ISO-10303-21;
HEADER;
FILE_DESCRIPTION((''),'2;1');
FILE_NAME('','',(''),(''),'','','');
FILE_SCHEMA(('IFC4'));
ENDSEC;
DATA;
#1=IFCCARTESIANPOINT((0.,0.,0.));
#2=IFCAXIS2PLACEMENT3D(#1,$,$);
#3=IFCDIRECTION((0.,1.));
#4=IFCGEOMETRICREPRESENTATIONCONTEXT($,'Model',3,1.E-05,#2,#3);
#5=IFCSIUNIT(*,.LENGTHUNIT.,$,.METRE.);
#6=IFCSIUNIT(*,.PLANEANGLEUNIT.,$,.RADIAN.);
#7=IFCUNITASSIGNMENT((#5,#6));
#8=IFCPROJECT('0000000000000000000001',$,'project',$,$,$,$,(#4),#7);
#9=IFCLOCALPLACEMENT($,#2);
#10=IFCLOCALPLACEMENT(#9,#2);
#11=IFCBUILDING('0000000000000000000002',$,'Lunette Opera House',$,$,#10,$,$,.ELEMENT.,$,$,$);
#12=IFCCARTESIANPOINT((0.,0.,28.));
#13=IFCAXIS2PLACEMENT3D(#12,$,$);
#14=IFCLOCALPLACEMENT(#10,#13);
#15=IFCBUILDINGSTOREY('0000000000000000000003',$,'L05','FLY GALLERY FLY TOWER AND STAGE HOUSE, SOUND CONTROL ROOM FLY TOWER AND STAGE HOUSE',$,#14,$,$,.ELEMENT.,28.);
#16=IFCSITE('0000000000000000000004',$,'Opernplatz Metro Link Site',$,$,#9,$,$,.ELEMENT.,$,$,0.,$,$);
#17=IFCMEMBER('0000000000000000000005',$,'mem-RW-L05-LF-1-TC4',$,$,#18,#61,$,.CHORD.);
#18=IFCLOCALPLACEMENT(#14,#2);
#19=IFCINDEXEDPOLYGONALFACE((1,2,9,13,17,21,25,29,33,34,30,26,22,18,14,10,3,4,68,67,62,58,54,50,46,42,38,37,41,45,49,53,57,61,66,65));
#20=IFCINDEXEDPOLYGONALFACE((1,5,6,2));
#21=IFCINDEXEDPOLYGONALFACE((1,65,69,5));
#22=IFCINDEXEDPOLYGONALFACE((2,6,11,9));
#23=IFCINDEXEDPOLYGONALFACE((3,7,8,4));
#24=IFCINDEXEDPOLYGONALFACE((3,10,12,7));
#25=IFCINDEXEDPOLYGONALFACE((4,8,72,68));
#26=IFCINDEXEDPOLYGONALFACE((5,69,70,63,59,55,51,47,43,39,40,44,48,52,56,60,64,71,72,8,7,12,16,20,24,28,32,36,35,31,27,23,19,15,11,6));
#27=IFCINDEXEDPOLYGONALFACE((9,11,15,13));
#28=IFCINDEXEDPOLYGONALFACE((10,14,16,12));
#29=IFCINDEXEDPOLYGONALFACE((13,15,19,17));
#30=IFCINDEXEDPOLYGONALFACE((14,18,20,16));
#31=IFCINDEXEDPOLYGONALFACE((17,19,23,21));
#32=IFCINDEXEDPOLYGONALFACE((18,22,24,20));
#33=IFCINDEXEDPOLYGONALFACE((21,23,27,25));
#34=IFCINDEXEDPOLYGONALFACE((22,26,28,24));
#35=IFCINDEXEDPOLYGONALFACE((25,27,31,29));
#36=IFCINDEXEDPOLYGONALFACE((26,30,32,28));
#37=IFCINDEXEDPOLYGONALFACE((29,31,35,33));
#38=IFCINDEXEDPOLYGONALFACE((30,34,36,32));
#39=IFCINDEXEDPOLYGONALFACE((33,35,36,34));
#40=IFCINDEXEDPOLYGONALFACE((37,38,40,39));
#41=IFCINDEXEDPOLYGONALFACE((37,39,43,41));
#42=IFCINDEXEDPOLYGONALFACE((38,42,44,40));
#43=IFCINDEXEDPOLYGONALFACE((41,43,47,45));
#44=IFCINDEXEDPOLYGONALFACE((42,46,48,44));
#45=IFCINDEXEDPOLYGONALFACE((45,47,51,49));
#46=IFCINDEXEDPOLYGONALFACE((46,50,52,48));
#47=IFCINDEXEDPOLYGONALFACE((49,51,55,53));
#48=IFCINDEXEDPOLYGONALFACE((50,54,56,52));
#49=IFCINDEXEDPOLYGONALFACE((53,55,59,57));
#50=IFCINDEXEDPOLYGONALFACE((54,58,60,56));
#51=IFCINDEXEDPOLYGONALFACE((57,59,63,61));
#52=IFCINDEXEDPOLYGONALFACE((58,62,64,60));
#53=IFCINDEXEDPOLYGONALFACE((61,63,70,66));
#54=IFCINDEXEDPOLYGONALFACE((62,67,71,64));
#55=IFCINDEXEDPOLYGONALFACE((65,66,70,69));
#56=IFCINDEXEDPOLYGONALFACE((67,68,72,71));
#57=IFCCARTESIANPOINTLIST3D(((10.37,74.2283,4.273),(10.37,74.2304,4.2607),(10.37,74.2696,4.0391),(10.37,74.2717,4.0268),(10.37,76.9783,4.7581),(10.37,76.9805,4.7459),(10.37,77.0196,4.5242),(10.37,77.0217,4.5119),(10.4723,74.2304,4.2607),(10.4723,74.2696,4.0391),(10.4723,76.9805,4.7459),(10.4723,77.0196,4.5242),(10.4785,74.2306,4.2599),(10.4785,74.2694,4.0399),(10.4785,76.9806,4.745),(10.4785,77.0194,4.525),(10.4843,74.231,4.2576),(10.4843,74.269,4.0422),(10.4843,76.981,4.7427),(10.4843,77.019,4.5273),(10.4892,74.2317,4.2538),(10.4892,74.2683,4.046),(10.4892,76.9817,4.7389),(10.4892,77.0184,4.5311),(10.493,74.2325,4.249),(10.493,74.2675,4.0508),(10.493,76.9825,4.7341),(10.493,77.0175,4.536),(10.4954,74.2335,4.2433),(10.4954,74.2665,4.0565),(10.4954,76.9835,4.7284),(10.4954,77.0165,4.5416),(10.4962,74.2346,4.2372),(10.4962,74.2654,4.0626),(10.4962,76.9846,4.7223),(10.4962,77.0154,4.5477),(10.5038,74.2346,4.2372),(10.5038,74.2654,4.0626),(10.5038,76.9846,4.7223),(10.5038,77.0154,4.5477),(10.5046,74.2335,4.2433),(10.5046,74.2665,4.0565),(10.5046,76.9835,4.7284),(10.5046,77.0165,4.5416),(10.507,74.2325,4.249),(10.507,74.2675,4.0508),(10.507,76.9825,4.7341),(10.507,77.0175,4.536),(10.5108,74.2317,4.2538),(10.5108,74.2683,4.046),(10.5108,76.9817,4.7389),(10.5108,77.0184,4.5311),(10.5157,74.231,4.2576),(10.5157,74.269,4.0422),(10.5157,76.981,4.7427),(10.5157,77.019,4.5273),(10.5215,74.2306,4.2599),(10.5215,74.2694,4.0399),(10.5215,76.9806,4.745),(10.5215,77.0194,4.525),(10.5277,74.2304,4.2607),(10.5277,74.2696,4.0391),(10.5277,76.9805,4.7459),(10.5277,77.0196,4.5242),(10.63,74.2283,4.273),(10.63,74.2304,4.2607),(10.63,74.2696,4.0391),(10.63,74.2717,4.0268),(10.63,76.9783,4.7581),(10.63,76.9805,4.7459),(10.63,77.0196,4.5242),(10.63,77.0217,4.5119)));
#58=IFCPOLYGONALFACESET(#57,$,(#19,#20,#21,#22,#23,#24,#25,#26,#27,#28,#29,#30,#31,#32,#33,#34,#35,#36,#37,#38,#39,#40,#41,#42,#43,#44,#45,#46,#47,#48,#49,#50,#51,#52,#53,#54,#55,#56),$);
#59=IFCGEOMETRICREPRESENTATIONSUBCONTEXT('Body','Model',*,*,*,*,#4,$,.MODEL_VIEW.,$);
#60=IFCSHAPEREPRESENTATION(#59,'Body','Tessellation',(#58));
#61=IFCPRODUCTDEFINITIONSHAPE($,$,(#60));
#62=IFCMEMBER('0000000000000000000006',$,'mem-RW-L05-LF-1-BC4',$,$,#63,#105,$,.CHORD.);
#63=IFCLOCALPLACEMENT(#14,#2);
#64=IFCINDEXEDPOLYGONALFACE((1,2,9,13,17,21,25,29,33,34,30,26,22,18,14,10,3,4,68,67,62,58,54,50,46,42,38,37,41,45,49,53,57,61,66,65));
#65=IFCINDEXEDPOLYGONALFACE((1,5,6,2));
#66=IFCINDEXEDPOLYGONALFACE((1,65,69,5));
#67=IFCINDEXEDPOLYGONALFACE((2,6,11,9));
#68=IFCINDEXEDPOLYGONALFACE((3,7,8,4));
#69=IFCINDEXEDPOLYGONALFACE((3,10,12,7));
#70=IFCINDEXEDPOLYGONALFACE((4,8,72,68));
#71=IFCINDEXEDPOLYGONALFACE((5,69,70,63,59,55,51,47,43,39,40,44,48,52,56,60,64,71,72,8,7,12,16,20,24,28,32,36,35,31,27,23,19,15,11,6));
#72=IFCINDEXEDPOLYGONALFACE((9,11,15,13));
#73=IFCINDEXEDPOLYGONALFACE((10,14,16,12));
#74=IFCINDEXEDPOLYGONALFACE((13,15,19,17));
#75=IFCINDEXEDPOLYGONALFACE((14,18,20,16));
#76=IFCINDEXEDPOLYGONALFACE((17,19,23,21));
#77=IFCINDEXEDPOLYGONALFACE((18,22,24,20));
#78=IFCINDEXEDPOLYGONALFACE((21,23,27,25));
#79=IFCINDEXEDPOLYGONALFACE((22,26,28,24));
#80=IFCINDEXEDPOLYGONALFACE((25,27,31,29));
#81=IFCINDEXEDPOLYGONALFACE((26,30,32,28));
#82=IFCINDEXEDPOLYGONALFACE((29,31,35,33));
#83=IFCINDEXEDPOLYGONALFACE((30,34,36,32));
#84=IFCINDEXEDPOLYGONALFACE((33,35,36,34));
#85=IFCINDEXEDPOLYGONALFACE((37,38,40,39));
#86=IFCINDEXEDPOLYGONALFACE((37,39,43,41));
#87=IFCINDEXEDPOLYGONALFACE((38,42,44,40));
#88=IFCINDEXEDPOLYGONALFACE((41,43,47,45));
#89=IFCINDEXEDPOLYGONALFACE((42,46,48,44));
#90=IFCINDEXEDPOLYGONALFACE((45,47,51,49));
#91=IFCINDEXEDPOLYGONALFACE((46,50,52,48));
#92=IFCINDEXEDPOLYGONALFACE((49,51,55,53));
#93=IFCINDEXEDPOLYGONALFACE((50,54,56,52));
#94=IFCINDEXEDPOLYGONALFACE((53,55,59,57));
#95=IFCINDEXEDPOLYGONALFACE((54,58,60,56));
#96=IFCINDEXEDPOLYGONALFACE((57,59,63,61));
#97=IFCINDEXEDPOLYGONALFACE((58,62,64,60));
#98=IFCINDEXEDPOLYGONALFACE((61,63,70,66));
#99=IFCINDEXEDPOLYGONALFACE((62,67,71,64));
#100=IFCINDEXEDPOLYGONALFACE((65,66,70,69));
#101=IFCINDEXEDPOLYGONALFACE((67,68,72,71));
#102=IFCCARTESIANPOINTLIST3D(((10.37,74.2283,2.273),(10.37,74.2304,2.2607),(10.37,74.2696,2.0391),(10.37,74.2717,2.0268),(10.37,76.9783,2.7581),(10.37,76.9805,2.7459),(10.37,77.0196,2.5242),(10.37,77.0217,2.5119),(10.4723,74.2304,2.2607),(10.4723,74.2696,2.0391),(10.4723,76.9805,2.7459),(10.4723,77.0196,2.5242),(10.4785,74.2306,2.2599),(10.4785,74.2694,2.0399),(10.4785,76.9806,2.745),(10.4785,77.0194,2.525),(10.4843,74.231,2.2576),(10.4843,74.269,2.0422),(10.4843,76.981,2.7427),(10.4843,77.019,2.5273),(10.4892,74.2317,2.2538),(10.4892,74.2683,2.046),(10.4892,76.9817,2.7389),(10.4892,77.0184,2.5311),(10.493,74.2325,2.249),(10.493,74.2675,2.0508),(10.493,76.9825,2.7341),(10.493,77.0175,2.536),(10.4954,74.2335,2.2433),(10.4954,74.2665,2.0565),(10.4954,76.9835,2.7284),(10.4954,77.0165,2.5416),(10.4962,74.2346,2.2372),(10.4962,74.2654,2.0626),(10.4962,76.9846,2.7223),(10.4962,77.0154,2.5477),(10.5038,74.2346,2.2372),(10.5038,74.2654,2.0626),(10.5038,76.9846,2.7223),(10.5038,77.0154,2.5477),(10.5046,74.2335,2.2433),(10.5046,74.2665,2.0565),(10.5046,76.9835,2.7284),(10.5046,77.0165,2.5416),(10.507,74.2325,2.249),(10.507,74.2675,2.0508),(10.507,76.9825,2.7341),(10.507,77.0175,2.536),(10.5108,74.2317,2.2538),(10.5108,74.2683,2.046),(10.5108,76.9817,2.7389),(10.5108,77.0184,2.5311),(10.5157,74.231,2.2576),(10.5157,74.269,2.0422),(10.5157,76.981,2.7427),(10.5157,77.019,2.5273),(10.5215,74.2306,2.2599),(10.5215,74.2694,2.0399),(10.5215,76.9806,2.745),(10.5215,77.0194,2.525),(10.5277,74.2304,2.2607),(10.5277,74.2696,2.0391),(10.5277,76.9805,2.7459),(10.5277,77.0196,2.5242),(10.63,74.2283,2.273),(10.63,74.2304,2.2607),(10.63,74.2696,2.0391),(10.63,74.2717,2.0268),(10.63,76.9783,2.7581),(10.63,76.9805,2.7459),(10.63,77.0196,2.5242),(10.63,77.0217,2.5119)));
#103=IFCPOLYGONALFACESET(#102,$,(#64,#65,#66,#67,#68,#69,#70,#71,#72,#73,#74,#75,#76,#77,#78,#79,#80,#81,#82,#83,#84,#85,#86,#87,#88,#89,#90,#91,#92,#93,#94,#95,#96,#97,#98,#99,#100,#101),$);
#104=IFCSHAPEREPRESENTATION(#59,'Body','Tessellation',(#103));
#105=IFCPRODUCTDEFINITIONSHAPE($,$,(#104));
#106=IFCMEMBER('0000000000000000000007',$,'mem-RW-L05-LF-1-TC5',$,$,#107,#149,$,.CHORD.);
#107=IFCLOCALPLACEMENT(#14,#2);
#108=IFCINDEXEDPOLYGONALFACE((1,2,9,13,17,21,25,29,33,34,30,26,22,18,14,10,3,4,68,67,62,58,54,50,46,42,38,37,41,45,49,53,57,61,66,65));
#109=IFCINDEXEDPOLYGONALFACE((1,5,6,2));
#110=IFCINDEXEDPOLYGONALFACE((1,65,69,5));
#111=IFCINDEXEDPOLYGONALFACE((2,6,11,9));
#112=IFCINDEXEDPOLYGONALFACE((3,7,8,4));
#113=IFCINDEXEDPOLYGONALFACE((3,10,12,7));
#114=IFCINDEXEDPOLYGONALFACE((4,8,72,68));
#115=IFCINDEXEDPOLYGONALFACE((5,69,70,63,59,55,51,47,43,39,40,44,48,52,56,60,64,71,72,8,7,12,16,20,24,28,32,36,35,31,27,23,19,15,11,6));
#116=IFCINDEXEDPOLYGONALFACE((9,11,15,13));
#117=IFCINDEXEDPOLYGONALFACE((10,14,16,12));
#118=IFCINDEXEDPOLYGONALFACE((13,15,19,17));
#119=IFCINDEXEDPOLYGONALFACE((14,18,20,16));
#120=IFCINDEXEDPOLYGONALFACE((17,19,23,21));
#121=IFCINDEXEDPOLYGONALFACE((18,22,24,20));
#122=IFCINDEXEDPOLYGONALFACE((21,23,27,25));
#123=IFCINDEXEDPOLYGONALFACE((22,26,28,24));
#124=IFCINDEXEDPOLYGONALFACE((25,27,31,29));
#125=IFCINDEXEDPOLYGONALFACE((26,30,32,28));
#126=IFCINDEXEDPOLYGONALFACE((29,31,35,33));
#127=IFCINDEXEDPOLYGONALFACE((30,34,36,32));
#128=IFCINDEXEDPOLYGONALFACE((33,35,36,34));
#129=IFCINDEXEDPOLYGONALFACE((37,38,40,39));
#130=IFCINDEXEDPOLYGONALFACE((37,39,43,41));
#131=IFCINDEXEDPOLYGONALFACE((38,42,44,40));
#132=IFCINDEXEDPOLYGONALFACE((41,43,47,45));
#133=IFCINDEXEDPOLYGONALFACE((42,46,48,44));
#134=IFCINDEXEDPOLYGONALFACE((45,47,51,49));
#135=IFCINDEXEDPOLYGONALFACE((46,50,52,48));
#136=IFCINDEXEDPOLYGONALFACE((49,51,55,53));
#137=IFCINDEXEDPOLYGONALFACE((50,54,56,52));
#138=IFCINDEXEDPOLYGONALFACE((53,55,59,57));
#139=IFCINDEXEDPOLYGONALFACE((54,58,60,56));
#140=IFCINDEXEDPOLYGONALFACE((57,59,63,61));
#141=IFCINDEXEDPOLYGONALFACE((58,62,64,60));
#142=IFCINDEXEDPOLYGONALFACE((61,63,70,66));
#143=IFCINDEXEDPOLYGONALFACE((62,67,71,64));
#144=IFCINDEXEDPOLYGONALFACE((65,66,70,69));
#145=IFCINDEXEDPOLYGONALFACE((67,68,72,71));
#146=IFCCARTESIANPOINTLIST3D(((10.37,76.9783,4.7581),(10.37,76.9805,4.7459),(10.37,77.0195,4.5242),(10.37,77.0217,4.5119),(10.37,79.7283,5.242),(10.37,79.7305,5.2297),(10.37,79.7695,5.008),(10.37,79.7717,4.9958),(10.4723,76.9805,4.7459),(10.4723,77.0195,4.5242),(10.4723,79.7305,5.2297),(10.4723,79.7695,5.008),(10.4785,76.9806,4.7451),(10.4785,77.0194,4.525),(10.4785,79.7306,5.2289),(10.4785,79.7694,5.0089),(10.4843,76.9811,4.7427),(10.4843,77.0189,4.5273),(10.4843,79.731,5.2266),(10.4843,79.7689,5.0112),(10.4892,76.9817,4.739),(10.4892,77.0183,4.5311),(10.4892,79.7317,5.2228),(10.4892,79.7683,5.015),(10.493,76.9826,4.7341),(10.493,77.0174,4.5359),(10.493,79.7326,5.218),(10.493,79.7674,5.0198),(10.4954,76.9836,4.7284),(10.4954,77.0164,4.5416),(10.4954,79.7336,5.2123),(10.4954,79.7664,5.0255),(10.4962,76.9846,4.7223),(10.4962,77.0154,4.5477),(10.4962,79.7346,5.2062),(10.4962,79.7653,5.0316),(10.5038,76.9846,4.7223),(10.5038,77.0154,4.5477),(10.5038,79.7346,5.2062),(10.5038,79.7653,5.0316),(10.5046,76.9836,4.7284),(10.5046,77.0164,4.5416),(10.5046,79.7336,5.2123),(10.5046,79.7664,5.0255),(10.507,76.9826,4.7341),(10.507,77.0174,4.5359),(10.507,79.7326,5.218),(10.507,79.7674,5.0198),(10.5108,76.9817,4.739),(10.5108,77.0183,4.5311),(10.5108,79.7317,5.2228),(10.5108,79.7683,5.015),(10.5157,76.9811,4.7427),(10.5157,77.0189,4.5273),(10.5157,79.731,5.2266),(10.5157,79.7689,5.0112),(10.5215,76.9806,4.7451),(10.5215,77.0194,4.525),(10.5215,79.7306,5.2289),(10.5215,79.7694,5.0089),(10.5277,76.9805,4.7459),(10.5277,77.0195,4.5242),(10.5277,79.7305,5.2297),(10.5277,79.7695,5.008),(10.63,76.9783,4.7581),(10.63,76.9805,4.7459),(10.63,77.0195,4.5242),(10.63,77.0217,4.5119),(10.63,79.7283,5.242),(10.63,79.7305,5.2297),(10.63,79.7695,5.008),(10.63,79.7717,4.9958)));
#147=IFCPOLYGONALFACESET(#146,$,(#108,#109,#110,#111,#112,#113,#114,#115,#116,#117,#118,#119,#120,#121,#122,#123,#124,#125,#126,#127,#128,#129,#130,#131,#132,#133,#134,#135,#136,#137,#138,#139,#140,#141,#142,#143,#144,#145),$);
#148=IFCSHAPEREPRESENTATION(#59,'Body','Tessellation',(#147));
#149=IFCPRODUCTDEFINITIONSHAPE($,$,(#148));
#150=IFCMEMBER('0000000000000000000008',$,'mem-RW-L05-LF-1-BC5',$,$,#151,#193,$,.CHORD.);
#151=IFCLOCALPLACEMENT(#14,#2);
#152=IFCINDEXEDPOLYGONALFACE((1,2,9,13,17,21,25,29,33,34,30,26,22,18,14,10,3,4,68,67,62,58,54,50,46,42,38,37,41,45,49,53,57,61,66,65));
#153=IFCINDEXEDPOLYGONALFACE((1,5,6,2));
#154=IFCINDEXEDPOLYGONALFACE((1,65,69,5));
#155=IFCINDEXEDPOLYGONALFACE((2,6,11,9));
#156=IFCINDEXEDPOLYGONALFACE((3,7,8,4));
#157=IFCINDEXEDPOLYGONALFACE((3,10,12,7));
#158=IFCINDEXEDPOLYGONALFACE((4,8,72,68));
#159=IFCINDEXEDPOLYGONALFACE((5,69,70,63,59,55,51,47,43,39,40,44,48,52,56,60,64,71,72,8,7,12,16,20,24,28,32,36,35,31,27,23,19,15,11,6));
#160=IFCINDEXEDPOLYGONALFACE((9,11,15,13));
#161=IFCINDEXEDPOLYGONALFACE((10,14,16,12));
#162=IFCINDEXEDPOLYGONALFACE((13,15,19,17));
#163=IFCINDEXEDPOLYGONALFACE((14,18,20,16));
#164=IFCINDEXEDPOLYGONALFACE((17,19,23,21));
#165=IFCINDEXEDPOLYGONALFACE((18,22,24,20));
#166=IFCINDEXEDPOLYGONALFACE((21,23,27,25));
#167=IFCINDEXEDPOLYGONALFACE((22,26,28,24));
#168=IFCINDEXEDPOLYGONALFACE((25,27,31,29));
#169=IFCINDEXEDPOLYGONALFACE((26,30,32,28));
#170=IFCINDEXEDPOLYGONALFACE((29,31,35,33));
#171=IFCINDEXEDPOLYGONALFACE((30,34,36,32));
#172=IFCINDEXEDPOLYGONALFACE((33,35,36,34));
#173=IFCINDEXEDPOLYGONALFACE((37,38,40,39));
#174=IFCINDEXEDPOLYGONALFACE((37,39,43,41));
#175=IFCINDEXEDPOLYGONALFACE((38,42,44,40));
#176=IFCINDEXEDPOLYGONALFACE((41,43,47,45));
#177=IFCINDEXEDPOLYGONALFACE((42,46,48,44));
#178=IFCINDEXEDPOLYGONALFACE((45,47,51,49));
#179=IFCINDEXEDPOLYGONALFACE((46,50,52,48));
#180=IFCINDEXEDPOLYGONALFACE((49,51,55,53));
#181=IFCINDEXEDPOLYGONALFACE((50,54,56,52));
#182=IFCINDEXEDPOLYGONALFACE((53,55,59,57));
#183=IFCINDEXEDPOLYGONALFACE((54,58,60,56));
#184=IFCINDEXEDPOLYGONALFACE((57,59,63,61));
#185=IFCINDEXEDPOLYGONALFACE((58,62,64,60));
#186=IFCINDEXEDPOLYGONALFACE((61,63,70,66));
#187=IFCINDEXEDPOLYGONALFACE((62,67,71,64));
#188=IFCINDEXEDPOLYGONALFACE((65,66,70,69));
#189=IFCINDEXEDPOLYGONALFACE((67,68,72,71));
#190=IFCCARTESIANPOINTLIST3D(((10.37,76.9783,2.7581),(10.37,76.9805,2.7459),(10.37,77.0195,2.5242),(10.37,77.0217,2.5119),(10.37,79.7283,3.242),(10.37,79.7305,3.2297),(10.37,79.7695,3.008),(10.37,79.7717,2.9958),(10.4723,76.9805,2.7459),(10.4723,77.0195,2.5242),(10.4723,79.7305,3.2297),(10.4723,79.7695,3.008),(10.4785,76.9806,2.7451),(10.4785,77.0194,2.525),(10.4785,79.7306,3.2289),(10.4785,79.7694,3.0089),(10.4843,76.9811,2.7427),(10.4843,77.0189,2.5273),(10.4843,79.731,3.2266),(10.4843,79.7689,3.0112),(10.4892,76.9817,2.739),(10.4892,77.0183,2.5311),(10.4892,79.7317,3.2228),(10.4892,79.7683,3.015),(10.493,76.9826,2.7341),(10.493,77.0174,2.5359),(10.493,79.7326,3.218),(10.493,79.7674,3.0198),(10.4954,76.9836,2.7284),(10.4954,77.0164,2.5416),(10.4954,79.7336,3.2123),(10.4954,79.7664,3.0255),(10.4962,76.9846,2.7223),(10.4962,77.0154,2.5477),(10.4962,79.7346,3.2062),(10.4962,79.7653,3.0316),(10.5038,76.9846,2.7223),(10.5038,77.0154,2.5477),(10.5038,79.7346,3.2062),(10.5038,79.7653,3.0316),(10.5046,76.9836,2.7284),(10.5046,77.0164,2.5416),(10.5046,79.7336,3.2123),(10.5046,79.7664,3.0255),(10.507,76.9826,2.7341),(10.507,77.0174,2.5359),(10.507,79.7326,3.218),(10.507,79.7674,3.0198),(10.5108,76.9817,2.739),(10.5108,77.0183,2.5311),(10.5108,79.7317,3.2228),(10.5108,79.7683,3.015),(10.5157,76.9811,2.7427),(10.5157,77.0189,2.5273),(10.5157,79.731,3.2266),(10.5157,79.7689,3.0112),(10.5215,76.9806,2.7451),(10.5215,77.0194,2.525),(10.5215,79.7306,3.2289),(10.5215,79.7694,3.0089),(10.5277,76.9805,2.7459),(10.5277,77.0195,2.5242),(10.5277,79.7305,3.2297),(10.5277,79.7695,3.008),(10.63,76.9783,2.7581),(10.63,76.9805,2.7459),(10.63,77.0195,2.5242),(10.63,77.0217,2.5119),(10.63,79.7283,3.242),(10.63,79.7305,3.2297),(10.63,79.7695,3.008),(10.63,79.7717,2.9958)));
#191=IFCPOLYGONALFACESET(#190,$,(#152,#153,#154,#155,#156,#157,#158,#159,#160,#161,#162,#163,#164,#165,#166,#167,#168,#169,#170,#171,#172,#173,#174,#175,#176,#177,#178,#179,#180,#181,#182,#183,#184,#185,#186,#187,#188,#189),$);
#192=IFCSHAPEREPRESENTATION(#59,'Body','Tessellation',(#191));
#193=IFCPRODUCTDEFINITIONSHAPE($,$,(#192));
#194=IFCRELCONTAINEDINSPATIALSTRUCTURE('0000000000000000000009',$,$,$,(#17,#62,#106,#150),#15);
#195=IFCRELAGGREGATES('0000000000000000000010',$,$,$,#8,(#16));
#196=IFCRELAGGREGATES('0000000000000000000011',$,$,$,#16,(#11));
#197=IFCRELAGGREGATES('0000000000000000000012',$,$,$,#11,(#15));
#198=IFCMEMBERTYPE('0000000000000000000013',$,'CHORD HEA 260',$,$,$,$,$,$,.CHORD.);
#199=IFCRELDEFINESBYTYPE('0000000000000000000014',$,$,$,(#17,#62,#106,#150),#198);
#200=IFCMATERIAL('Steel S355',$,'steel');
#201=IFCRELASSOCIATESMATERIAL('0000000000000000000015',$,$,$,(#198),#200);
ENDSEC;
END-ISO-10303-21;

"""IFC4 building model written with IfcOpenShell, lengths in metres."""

from ifc_helpers import new_model, si_unit, direction, frame, origin, origin_2d, place, context, subcontext, project, spatial, i_section, extrude, material, material_profile, profile_set, type_object, element, save


model = new_model("IFC4")

# Units and contexts
model_context = context("Model", 3, precision=1e-05, world=origin(), true_north=direction((0.0, 1.0)))
body_context = subcontext(model_context, "Body", "Model", "MODEL_VIEW")
ifc_project = project(units=[si_unit("LENGTHUNIT", "METRE"), si_unit("PLANEANGLEUNIT", "RADIAN")], contexts=[model_context])

# Site, building, storey
site_placement = place(None, origin())
site = spatial("IfcSite", under=ifc_project, at=site_placement, Name="Opernplatz Metro Link Site", CompositionType="ELEMENT", RefElevation=0.0)
building_placement = place(site_placement, origin())
building = spatial("IfcBuilding", under=site, at=building_placement, Name="Lunette Opera House", CompositionType="ELEMENT")
storey_placement = place(building_placement, frame((0.0, 0.0, 28.0)))
storey = spatial("IfcBuildingStorey", under=building, at=storey_placement, Name="L05", Description="FLY GALLERY FLY TOWER AND STAGE HOUSE, SOUND CONTROL ROOM FLY TOWER AND STAGE HOUSE", CompositionType="ELEMENT", Elevation=28.0)

# Members
ifc_material_1 = material(Name="Steel S355", Category="steel")
ifc_material_profile_1 = material_profile(ifc_material_1, i_section(OverallWidth=0.26, OverallDepth=0.25, WebThickness=0.0076, FlangeThickness=0.0125, FilletRadius=0.0239, at=origin_2d()), Name="HEA 260")
ifc_profile_set_1 = profile_set([ifc_material_profile_1], Name="Steel S355")
member_type_1 = type_object("IfcMemberType", Name="CHORD HEA 260", PredefinedType="CHORD", material=ifc_profile_set_1)
for number, where, z_axis, x_axis, name in (
    (1, (10.5, 74.25, 4.1499), (0.0, 0.984795, 0.17372), (-1.0, 0.0, 0.0), "mem-RW-L05-LF-1-TC4"),
    (2, (10.5, 74.25, 2.1499), (0.0, 0.984795, 0.17372), (-1.0, 0.0, 0.0), "mem-RW-L05-LF-1-BC4"),
):
    element("IfcMember", number, at=place(storey_placement, frame(where, z_axis=z_axis, x_axis=x_axis)), inside=storey, type_object=member_type_1, Name=name, PredefinedType="CHORD", context=body_context, shape_type="SweptSolid", body=[
        extrude(i_section(OverallWidth=0.26, OverallDepth=0.25, WebThickness=0.0076, FlangeThickness=0.0125, FilletRadius=0.0239, at=origin_2d()), origin(), (0.0, 0.0, 1.0), 2.7925),
    ])
for number, where, z_axis, x_axis, name in (
    (3, (10.5, 77.0, 4.635), (0.0, 0.98487, 0.173296), (-1.0, 0.0, 0.0), "mem-RW-L05-LF-1-TC5"),
    (4, (10.5, 77.0, 2.635), (0.0, 0.98487, 0.173296), (-1.0, 0.0, 0.0), "mem-RW-L05-LF-1-BC5"),
):
    element("IfcMember", number, at=place(storey_placement, frame(where, z_axis=z_axis, x_axis=x_axis)), inside=storey, type_object=member_type_1, Name=name, PredefinedType="CHORD", context=body_context, shape_type="SweptSolid", body=[
        extrude(i_section(OverallWidth=0.26, OverallDepth=0.25, WebThickness=0.0076, FlangeThickness=0.0125, FilletRadius=0.0239, at=origin_2d()), origin(), (0.0, 0.0, 1.0), 2.7922),
    ])

save(model, "model.ifc")
